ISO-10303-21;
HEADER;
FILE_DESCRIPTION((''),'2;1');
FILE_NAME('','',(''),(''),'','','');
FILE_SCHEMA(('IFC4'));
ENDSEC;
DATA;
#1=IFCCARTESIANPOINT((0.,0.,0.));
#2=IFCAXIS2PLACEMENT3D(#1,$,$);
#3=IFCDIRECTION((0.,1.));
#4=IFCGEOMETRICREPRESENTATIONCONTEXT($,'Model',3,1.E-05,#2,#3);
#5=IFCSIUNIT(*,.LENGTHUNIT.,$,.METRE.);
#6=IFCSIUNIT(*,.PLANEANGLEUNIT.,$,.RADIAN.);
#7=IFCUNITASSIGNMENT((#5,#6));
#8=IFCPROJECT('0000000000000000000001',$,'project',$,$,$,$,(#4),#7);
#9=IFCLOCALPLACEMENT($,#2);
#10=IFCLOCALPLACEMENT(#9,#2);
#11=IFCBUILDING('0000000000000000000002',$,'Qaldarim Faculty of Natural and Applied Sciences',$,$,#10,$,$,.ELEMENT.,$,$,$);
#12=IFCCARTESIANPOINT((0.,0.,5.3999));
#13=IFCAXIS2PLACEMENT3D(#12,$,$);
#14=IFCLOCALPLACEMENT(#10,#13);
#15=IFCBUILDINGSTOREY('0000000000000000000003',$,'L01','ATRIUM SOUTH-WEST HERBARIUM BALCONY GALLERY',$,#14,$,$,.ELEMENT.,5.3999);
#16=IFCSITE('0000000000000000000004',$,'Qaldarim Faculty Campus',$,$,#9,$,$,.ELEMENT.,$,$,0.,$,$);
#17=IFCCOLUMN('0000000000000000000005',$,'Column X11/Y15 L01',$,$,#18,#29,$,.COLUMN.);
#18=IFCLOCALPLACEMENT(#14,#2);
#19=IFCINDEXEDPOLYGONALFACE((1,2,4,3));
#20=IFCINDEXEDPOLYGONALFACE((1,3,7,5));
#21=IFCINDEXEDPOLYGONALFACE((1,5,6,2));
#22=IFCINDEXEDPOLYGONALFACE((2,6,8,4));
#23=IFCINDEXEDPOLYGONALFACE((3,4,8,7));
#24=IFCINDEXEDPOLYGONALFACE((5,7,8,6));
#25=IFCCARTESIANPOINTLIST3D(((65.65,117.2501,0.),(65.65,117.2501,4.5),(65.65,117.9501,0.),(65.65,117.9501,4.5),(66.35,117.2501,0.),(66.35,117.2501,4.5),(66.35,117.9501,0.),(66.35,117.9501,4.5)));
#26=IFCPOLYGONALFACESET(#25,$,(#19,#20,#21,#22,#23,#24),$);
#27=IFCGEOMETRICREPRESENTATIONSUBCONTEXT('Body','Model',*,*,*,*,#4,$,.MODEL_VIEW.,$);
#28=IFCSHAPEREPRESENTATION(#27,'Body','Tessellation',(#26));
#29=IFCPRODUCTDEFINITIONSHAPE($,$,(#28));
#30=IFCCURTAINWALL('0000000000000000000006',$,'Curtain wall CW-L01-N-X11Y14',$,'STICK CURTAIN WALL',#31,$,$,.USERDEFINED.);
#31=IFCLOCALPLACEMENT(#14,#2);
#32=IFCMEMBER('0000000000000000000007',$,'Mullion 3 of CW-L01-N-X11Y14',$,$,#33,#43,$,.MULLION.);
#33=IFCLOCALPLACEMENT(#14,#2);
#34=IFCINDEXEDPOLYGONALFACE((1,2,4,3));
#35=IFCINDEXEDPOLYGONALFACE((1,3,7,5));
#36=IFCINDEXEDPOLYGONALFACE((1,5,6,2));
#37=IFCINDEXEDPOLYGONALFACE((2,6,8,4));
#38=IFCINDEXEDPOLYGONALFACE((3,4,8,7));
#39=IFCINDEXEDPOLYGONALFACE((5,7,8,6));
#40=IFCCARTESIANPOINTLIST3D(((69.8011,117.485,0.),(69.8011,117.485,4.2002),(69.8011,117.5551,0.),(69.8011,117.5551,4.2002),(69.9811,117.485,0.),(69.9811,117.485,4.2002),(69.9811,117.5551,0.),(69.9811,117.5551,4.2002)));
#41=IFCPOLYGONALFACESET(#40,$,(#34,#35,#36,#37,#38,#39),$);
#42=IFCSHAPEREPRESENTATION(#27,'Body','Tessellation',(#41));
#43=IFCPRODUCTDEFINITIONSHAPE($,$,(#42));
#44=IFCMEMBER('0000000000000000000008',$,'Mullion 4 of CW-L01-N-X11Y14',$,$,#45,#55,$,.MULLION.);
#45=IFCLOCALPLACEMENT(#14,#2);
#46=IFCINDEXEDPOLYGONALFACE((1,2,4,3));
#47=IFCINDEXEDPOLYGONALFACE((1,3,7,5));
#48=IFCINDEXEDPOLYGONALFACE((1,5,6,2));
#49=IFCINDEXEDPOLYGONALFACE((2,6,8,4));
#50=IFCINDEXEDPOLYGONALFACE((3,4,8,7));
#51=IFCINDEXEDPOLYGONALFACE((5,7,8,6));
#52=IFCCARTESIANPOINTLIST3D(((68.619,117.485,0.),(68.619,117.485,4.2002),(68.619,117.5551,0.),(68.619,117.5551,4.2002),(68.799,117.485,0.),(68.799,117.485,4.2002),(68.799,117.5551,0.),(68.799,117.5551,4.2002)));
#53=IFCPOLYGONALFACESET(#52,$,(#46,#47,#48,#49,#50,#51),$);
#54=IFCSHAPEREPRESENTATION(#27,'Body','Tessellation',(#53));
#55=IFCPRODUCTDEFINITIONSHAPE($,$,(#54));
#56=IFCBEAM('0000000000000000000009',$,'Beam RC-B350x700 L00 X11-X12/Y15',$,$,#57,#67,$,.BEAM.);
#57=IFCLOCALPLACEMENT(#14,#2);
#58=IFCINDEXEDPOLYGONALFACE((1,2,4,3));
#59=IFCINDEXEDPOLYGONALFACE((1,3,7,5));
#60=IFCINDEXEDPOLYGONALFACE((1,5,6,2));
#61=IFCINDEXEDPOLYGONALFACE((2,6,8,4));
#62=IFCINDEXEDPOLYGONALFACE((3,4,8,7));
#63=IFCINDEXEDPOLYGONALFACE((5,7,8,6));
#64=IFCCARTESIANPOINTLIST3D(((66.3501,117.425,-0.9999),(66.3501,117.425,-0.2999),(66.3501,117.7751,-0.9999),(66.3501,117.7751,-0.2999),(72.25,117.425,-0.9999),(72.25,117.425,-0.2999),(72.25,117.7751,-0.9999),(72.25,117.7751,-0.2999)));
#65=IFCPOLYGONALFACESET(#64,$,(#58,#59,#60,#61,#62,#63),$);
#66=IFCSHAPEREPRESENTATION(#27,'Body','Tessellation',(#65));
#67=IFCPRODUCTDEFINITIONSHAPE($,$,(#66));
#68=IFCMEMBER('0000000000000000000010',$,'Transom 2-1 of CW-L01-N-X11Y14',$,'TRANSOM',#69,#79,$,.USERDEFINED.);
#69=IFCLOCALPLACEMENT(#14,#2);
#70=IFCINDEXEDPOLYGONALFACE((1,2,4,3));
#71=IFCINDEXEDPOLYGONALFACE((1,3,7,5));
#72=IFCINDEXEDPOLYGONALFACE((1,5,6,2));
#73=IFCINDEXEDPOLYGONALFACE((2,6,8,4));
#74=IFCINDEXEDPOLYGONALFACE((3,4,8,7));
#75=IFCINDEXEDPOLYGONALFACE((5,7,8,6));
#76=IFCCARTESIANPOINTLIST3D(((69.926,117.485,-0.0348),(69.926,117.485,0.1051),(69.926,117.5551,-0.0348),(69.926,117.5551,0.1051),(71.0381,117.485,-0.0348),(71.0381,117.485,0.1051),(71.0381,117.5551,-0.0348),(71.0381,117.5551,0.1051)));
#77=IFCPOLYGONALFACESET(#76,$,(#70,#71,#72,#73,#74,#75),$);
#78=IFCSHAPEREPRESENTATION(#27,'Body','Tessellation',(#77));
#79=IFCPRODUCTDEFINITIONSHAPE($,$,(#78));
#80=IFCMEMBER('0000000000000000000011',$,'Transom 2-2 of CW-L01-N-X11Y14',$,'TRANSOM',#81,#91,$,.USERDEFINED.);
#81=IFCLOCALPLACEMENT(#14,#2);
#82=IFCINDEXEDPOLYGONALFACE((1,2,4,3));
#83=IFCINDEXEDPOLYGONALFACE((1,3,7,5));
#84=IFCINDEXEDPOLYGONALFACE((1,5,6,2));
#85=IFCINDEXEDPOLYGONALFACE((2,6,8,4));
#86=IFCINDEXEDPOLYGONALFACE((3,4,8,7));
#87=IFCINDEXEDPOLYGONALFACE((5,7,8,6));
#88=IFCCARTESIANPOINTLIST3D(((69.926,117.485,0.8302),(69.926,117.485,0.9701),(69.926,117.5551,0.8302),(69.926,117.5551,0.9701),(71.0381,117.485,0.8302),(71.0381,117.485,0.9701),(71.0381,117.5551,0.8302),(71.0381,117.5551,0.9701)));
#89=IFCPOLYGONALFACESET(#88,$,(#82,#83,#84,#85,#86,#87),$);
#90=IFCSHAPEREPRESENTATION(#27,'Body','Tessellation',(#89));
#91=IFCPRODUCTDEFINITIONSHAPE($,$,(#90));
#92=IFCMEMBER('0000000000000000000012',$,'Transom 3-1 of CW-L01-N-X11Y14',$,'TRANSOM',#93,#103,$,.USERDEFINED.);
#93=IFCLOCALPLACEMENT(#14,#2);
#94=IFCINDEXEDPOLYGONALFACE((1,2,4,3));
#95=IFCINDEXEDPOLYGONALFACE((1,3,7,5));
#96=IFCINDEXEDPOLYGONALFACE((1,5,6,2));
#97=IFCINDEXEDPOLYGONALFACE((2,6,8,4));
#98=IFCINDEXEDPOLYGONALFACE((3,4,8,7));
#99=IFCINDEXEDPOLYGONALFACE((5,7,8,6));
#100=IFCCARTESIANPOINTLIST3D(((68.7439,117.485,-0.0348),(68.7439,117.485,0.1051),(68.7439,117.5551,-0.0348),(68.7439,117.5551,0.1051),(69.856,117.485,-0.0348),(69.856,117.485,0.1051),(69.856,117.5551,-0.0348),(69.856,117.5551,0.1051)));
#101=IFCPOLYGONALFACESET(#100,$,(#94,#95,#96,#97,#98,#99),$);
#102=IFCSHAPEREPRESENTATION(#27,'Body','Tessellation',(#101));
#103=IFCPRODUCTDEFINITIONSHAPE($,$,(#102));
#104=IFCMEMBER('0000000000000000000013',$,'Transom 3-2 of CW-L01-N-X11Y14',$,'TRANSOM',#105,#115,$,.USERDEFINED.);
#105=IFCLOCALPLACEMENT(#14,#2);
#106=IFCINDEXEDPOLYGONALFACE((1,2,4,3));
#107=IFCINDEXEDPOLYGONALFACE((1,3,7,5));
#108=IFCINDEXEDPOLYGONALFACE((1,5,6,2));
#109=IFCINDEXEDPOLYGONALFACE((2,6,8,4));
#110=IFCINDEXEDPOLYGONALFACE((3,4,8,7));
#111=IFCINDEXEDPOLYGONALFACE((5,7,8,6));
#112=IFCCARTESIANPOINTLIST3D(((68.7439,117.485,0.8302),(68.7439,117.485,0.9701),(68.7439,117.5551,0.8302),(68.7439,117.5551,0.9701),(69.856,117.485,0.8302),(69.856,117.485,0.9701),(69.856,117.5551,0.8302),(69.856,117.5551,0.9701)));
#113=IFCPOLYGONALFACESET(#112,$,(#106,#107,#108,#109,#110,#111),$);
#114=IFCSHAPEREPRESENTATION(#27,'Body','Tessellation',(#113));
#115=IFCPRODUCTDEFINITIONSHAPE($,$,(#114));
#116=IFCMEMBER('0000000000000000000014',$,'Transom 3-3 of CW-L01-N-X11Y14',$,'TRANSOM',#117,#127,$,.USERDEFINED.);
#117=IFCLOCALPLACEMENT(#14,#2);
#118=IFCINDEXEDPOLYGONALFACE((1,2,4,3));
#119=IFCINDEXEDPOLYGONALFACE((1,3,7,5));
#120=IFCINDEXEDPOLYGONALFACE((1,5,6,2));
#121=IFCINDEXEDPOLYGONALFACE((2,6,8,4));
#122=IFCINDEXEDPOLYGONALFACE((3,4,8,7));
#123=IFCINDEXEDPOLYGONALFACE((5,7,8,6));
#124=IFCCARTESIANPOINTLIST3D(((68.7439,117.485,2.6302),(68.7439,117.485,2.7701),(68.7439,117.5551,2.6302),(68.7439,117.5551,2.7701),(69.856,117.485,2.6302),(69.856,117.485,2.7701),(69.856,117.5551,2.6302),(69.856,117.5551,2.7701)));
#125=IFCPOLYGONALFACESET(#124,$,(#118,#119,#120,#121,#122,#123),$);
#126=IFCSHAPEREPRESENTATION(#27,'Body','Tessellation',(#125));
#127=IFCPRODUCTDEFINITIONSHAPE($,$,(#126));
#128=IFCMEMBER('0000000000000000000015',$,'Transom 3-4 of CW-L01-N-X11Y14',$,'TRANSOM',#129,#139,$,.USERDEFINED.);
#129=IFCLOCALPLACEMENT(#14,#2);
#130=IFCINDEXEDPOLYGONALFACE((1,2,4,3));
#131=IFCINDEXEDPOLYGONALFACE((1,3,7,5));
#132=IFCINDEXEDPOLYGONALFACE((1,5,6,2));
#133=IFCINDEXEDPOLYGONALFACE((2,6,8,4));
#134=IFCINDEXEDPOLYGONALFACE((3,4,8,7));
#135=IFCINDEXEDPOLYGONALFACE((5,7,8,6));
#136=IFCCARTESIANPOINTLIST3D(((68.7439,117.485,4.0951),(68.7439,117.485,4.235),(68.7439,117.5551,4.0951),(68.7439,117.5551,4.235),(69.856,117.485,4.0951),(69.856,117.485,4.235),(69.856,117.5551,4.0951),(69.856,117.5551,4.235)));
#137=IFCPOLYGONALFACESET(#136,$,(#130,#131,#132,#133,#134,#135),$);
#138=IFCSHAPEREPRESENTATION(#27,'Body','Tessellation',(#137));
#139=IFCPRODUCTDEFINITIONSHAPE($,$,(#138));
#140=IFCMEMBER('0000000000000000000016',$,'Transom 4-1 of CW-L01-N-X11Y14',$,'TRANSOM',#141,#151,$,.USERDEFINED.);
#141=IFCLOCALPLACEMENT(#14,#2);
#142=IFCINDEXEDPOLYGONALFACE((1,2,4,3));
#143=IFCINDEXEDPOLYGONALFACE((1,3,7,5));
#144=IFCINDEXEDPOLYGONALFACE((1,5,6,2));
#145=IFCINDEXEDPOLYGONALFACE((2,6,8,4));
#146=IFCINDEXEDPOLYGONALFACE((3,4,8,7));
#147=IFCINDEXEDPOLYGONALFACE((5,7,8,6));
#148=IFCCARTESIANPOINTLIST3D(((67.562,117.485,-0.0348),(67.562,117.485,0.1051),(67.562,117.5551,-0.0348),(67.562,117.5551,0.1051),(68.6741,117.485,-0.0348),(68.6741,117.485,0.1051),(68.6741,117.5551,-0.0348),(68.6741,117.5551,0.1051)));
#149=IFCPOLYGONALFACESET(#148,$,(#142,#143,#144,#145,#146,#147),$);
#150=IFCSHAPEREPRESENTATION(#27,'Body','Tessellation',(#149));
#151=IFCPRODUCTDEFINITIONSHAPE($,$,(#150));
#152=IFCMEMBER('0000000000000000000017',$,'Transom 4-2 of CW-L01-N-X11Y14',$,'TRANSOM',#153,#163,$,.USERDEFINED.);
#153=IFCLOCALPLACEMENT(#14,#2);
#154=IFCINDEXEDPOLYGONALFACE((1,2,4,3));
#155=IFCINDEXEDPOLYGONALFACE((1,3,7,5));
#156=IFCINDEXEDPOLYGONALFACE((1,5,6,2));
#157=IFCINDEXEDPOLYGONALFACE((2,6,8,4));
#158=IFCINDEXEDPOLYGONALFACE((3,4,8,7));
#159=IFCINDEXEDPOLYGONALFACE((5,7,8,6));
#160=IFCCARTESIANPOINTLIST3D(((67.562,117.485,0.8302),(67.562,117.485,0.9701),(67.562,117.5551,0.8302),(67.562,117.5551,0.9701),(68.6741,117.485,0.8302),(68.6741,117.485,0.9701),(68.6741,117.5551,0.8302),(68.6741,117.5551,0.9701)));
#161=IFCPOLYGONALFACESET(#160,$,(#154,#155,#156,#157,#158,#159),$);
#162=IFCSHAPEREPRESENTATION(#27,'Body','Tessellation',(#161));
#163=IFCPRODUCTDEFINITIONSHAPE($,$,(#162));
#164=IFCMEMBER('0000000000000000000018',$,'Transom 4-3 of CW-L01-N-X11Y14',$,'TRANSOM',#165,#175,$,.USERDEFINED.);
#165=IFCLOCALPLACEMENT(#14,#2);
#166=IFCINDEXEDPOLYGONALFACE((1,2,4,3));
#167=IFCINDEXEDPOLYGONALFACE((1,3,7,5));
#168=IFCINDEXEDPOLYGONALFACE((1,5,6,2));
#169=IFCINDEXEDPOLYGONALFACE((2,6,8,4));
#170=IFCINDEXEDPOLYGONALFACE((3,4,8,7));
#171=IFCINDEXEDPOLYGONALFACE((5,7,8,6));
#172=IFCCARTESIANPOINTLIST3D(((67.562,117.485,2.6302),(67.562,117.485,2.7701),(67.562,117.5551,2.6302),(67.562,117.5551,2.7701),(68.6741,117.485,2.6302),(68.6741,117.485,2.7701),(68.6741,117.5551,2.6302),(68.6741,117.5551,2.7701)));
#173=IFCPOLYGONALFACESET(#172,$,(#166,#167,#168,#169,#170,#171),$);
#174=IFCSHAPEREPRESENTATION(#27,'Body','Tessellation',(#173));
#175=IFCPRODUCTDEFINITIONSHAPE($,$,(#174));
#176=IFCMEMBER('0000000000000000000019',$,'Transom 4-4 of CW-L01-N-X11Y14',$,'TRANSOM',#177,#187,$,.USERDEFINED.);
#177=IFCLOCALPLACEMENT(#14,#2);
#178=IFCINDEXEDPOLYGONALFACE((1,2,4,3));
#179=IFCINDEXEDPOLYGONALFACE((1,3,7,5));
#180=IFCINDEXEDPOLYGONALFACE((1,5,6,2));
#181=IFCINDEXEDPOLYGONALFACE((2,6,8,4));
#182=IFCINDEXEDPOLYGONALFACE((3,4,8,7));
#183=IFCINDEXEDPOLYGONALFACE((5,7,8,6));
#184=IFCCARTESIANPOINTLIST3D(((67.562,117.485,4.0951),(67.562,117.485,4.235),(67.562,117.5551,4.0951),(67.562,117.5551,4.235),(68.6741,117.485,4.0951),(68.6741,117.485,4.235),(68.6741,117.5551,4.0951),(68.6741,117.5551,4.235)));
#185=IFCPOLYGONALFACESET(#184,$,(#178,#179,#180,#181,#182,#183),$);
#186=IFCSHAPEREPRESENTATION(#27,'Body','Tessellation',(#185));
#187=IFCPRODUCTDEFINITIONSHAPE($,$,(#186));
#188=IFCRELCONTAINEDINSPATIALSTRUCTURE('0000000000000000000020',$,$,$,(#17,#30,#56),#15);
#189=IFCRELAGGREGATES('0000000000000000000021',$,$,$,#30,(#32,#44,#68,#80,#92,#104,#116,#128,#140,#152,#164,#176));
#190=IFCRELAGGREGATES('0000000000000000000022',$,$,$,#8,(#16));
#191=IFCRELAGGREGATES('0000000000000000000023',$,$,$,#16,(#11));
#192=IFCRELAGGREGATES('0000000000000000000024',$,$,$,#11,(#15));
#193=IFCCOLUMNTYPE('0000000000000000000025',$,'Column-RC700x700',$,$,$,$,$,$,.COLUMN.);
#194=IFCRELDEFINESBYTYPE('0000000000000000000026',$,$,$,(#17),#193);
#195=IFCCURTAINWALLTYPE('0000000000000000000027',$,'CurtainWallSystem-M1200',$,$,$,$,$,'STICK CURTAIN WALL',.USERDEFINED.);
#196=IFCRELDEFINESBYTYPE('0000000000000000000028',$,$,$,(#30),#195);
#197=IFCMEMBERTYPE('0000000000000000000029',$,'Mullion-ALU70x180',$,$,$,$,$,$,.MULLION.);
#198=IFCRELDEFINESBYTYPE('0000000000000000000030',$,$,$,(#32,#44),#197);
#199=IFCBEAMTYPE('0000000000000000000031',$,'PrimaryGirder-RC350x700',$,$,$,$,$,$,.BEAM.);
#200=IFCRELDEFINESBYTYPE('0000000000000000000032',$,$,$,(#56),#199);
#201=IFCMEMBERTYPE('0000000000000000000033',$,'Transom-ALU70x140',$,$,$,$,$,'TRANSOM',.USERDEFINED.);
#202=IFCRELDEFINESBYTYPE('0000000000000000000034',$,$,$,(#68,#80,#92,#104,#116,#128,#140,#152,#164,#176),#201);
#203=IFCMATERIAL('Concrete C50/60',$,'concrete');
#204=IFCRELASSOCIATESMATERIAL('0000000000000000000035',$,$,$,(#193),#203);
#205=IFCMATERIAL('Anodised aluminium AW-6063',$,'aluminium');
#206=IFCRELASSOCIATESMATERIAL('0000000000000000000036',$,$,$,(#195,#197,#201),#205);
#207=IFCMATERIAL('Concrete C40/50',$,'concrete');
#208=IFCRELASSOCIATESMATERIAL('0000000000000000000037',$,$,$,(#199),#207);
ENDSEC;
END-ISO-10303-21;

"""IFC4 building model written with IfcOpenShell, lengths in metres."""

from ifc_helpers import new_model, si_unit, direction, frame, origin, origin_2d, place, context, subcontext, project, spatial, rectangle, extrude, material, material_profile, profile_set, type_object, element, aggregate, save


model = new_model("IFC4")

# Units and contexts
model_context = context("Model", 3, precision=1e-05, world=origin(), true_north=direction((0.0, 1.0)))
body_context = subcontext(model_context, "Body", "Model", "MODEL_VIEW")
ifc_project = project(units=[si_unit("LENGTHUNIT", "METRE"), si_unit("PLANEANGLEUNIT", "RADIAN")], contexts=[model_context])

# Site, building, storey
site_placement = place(None, origin())
site = spatial("IfcSite", under=ifc_project, at=site_placement, Name="Qaldarim Faculty Campus", CompositionType="ELEMENT", RefElevation=0.0)
building_placement = place(site_placement, origin())
building = spatial("IfcBuilding", under=site, at=building_placement, Name="Qaldarim Faculty of Natural and Applied Sciences", CompositionType="ELEMENT")
storey_placement = place(building_placement, frame((0.0, 0.0, 5.3999)))
storey = spatial("IfcBuildingStorey", under=building, at=storey_placement, Name="L01", Description="ATRIUM SOUTH-WEST HERBARIUM BALCONY GALLERY", CompositionType="ELEMENT", Elevation=5.3999)

# Column
ifc_material_1 = material(Name="Concrete C50/60", Category="concrete")
ifc_material_profile_1 = material_profile(ifc_material_1, rectangle(XDim=0.7, YDim=0.7, at=origin_2d()), Name="RC-C700x700")
ifc_profile_set_1 = profile_set([ifc_material_profile_1], Name="Concrete C50/60")
column_type = type_object("IfcColumnType", Name="Column-RC700x700", PredefinedType="COLUMN", material=ifc_profile_set_1)
column_placement = place(storey_placement, frame((66.0, 117.6001, 0.0), z_axis=(0.0, 0.0, 1.0), x_axis=(1.0, 0.0, 0.0)))
element("IfcColumn", 1, at=column_placement, inside=storey, type_object=column_type, Name="Column X11/Y15 L01", PredefinedType="COLUMN", context=body_context, shape_type="SweptSolid", body=[
    extrude(rectangle(XDim=0.7, YDim=0.7, at=origin_2d()), origin(), (0.0, 0.0, 1.0), 4.5),
])

# Curtain wall, members
ifc_material_2 = material(Name="Anodised aluminium AW-6063", Category="aluminium")
curtain_wall_type = type_object("IfcCurtainWallType", Name="CurtainWallSystem-M1200", ElementType="STICK CURTAIN WALL", PredefinedType="USERDEFINED", material=ifc_material_2)
curtain_wall_placement = place(storey_placement, origin())
curtain_wall = element("IfcCurtainWall", 2, at=curtain_wall_placement, inside=storey, type_object=curtain_wall_type, Name="Curtain wall CW-L01-N-X11Y14", ObjectType="STICK CURTAIN WALL", PredefinedType="USERDEFINED")
ifc_material_profile_2 = material_profile(ifc_material_2, rectangle(XDim=0.0701, YDim=0.1799, at=origin_2d()), Name="ALU-M70x180")
ifc_profile_set_2 = profile_set([ifc_material_profile_2], Name="Anodised aluminium AW-6063")
member_type_1 = type_object("IfcMemberType", Name="Mullion-ALU70x180", PredefinedType="MULLION", material=ifc_profile_set_2)
member_1_placement = place(storey_placement, frame((69.8911, 117.52, 0.0), z_axis=(0.0, 0.0, 1.0), x_axis=(0.0, -1.0, 0.0)))
member_1 = element("IfcMember", 3, at=member_1_placement, type_object=member_type_1, Name="Mullion 3 of CW-L01-N-X11Y14", PredefinedType="MULLION", context=body_context, shape_type="SweptSolid", body=[
    extrude(rectangle(XDim=0.0701, YDim=0.1799, at=origin_2d()), origin(), (0.0, 0.0, 1.0), 4.2002),
])
member_2_placement = place(storey_placement, frame((68.709, 117.52, 0.0), z_axis=(0.0, 0.0, 1.0), x_axis=(0.0, -1.0, 0.0)))
member_2 = element("IfcMember", 4, at=member_2_placement, type_object=member_type_1, Name="Mullion 4 of CW-L01-N-X11Y14", PredefinedType="MULLION", context=body_context, shape_type="SweptSolid", body=[
    extrude(rectangle(XDim=0.0701, YDim=0.1799, at=origin_2d()), origin(), (0.0, 0.0, 1.0), 4.2002),
])

# Beam
ifc_material_3 = material(Name="Concrete C40/50", Category="concrete")
ifc_material_profile_3 = material_profile(ifc_material_3, rectangle(XDim=0.3501, YDim=0.7, at=origin_2d()), Name="RC-B350x700")
ifc_profile_set_3 = profile_set([ifc_material_profile_3], Name="Concrete C40/50")
beam_type = type_object("IfcBeamType", Name="PrimaryGirder-RC350x700", PredefinedType="BEAM", material=ifc_profile_set_3)
beam_placement = place(storey_placement, frame((66.3501, 117.6001, -0.6499), z_axis=(1.0, 0.0, 0.0), x_axis=(0.0, 1.0, 0.0)))
element("IfcBeam", 5, at=beam_placement, inside=storey, type_object=beam_type, Name="Beam RC-B350x700 L00 X11-X12/Y15", PredefinedType="BEAM", context=body_context, shape_type="SweptSolid", body=[
    extrude(rectangle(XDim=0.3501, YDim=0.7, at=origin_2d()), origin(), (0.0, 0.0, 1.0), 5.8999),
])

# Members
ifc_material_profile_4 = material_profile(ifc_material_2, rectangle(XDim=0.0701, YDim=0.1399, at=origin_2d()), Name="ALU-T70x140")
ifc_profile_set_4 = profile_set([ifc_material_profile_4], Name="Anodised aluminium AW-6063")
member_type_2 = type_object("IfcMemberType", Name="Transom-ALU70x140", ElementType="TRANSOM", PredefinedType="USERDEFINED", material=ifc_profile_set_4)
member_3_placement = place(storey_placement, frame((71.0381, 117.52, 0.0352), z_axis=(-1.0, 0.0, 0.0), x_axis=(0.0, -1.0, 0.0)))
member_3 = element("IfcMember", 6, at=member_3_placement, type_object=member_type_2, Name="Transom 2-1 of CW-L01-N-X11Y14", ObjectType="TRANSOM", PredefinedType="USERDEFINED", context=body_context, shape_type="SweptSolid", body=[
    extrude(rectangle(XDim=0.0701, YDim=0.1399, at=origin_2d()), origin(), (0.0, 0.0, 1.0), 1.1121),
])
member_4_placement = place(storey_placement, frame((71.0381, 117.52, 0.9001), z_axis=(-1.0, 0.0, 0.0), x_axis=(0.0, -1.0, 0.0)))
member_4 = element("IfcMember", 7, at=member_4_placement, type_object=member_type_2, Name="Transom 2-2 of CW-L01-N-X11Y14", ObjectType="TRANSOM", PredefinedType="USERDEFINED", context=body_context, shape_type="SweptSolid", body=[
    extrude(rectangle(XDim=0.0701, YDim=0.1399, at=origin_2d()), origin(), (0.0, 0.0, 1.0), 1.1121),
])
member_5_placement = place(storey_placement, frame((69.856, 117.52, 0.0352), z_axis=(-1.0, 0.0, 0.0), x_axis=(0.0, -1.0, 0.0)))
member_5 = element("IfcMember", 8, at=member_5_placement, type_object=member_type_2, Name="Transom 3-1 of CW-L01-N-X11Y14", ObjectType="TRANSOM", PredefinedType="USERDEFINED", context=body_context, shape_type="SweptSolid", body=[
    extrude(rectangle(XDim=0.0701, YDim=0.1399, at=origin_2d()), origin(), (0.0, 0.0, 1.0), 1.1121),
])
member_6_placement = place(storey_placement, frame((69.856, 117.52, 0.9001), z_axis=(-1.0, 0.0, 0.0), x_axis=(0.0, -1.0, 0.0)))
member_6 = element("IfcMember", 9, at=member_6_placement, type_object=member_type_2, Name="Transom 3-2 of CW-L01-N-X11Y14", ObjectType="TRANSOM", PredefinedType="USERDEFINED", context=body_context, shape_type="SweptSolid", body=[
    extrude(rectangle(XDim=0.0701, YDim=0.1399, at=origin_2d()), origin(), (0.0, 0.0, 1.0), 1.1121),
])
member_7_placement = place(storey_placement, frame((69.856, 117.52, 2.7002), z_axis=(-1.0, 0.0, 0.0), x_axis=(0.0, -1.0, 0.0)))
member_7 = element("IfcMember", 10, at=member_7_placement, type_object=member_type_2, Name="Transom 3-3 of CW-L01-N-X11Y14", ObjectType="TRANSOM", PredefinedType="USERDEFINED", context=body_context, shape_type="SweptSolid", body=[
    extrude(rectangle(XDim=0.0701, YDim=0.1399, at=origin_2d()), origin(), (0.0, 0.0, 1.0), 1.1121),
])
member_8_placement = place(storey_placement, frame((69.856, 117.52, 4.165), z_axis=(-1.0, 0.0, 0.0), x_axis=(0.0, -1.0, 0.0)))
member_8 = element("IfcMember", 11, at=member_8_placement, type_object=member_type_2, Name="Transom 3-4 of CW-L01-N-X11Y14", ObjectType="TRANSOM", PredefinedType="USERDEFINED", context=body_context, shape_type="SweptSolid", body=[
    extrude(rectangle(XDim=0.0701, YDim=0.1399, at=origin_2d()), origin(), (0.0, 0.0, 1.0), 1.1121),
])
member_9_placement = place(storey_placement, frame((68.6741, 117.52, 0.0352), z_axis=(-1.0, 0.0, 0.0), x_axis=(0.0, -1.0, 0.0)))
member_9 = element("IfcMember", 12, at=member_9_placement, type_object=member_type_2, Name="Transom 4-1 of CW-L01-N-X11Y14", ObjectType="TRANSOM", PredefinedType="USERDEFINED", context=body_context, shape_type="SweptSolid", body=[
    extrude(rectangle(XDim=0.0701, YDim=0.1399, at=origin_2d()), origin(), (0.0, 0.0, 1.0), 1.1121),
])
member_10_placement = place(storey_placement, frame((68.6741, 117.52, 0.9001), z_axis=(-1.0, 0.0, 0.0), x_axis=(0.0, -1.0, 0.0)))
member_10 = element("IfcMember", 13, at=member_10_placement, type_object=member_type_2, Name="Transom 4-2 of CW-L01-N-X11Y14", ObjectType="TRANSOM", PredefinedType="USERDEFINED", context=body_context, shape_type="SweptSolid", body=[
    extrude(rectangle(XDim=0.0701, YDim=0.1399, at=origin_2d()), origin(), (0.0, 0.0, 1.0), 1.1121),
])
member_11_placement = place(storey_placement, frame((68.6741, 117.52, 2.7002), z_axis=(-1.0, 0.0, 0.0), x_axis=(0.0, -1.0, 0.0)))
member_11 = element("IfcMember", 14, at=member_11_placement, type_object=member_type_2, Name="Transom 4-3 of CW-L01-N-X11Y14", ObjectType="TRANSOM", PredefinedType="USERDEFINED", context=body_context, shape_type="SweptSolid", body=[
    extrude(rectangle(XDim=0.0701, YDim=0.1399, at=origin_2d()), origin(), (0.0, 0.0, 1.0), 1.1121),
])
member_12_placement = place(storey_placement, frame((68.6741, 117.52, 4.165), z_axis=(-1.0, 0.0, 0.0), x_axis=(0.0, -1.0, 0.0)))
member_12 = element("IfcMember", 15, at=member_12_placement, type_object=member_type_2, Name="Transom 4-4 of CW-L01-N-X11Y14", ObjectType="TRANSOM", PredefinedType="USERDEFINED", context=body_context, shape_type="SweptSolid", body=[
    extrude(rectangle(XDim=0.0701, YDim=0.1399, at=origin_2d()), origin(), (0.0, 0.0, 1.0), 1.1121),
])

aggregate(curtain_wall, [member_1, member_2, member_3, member_4, member_5, member_6, member_7, member_8, member_9, member_10, member_11, member_12])

save(model, "model.ifc")
